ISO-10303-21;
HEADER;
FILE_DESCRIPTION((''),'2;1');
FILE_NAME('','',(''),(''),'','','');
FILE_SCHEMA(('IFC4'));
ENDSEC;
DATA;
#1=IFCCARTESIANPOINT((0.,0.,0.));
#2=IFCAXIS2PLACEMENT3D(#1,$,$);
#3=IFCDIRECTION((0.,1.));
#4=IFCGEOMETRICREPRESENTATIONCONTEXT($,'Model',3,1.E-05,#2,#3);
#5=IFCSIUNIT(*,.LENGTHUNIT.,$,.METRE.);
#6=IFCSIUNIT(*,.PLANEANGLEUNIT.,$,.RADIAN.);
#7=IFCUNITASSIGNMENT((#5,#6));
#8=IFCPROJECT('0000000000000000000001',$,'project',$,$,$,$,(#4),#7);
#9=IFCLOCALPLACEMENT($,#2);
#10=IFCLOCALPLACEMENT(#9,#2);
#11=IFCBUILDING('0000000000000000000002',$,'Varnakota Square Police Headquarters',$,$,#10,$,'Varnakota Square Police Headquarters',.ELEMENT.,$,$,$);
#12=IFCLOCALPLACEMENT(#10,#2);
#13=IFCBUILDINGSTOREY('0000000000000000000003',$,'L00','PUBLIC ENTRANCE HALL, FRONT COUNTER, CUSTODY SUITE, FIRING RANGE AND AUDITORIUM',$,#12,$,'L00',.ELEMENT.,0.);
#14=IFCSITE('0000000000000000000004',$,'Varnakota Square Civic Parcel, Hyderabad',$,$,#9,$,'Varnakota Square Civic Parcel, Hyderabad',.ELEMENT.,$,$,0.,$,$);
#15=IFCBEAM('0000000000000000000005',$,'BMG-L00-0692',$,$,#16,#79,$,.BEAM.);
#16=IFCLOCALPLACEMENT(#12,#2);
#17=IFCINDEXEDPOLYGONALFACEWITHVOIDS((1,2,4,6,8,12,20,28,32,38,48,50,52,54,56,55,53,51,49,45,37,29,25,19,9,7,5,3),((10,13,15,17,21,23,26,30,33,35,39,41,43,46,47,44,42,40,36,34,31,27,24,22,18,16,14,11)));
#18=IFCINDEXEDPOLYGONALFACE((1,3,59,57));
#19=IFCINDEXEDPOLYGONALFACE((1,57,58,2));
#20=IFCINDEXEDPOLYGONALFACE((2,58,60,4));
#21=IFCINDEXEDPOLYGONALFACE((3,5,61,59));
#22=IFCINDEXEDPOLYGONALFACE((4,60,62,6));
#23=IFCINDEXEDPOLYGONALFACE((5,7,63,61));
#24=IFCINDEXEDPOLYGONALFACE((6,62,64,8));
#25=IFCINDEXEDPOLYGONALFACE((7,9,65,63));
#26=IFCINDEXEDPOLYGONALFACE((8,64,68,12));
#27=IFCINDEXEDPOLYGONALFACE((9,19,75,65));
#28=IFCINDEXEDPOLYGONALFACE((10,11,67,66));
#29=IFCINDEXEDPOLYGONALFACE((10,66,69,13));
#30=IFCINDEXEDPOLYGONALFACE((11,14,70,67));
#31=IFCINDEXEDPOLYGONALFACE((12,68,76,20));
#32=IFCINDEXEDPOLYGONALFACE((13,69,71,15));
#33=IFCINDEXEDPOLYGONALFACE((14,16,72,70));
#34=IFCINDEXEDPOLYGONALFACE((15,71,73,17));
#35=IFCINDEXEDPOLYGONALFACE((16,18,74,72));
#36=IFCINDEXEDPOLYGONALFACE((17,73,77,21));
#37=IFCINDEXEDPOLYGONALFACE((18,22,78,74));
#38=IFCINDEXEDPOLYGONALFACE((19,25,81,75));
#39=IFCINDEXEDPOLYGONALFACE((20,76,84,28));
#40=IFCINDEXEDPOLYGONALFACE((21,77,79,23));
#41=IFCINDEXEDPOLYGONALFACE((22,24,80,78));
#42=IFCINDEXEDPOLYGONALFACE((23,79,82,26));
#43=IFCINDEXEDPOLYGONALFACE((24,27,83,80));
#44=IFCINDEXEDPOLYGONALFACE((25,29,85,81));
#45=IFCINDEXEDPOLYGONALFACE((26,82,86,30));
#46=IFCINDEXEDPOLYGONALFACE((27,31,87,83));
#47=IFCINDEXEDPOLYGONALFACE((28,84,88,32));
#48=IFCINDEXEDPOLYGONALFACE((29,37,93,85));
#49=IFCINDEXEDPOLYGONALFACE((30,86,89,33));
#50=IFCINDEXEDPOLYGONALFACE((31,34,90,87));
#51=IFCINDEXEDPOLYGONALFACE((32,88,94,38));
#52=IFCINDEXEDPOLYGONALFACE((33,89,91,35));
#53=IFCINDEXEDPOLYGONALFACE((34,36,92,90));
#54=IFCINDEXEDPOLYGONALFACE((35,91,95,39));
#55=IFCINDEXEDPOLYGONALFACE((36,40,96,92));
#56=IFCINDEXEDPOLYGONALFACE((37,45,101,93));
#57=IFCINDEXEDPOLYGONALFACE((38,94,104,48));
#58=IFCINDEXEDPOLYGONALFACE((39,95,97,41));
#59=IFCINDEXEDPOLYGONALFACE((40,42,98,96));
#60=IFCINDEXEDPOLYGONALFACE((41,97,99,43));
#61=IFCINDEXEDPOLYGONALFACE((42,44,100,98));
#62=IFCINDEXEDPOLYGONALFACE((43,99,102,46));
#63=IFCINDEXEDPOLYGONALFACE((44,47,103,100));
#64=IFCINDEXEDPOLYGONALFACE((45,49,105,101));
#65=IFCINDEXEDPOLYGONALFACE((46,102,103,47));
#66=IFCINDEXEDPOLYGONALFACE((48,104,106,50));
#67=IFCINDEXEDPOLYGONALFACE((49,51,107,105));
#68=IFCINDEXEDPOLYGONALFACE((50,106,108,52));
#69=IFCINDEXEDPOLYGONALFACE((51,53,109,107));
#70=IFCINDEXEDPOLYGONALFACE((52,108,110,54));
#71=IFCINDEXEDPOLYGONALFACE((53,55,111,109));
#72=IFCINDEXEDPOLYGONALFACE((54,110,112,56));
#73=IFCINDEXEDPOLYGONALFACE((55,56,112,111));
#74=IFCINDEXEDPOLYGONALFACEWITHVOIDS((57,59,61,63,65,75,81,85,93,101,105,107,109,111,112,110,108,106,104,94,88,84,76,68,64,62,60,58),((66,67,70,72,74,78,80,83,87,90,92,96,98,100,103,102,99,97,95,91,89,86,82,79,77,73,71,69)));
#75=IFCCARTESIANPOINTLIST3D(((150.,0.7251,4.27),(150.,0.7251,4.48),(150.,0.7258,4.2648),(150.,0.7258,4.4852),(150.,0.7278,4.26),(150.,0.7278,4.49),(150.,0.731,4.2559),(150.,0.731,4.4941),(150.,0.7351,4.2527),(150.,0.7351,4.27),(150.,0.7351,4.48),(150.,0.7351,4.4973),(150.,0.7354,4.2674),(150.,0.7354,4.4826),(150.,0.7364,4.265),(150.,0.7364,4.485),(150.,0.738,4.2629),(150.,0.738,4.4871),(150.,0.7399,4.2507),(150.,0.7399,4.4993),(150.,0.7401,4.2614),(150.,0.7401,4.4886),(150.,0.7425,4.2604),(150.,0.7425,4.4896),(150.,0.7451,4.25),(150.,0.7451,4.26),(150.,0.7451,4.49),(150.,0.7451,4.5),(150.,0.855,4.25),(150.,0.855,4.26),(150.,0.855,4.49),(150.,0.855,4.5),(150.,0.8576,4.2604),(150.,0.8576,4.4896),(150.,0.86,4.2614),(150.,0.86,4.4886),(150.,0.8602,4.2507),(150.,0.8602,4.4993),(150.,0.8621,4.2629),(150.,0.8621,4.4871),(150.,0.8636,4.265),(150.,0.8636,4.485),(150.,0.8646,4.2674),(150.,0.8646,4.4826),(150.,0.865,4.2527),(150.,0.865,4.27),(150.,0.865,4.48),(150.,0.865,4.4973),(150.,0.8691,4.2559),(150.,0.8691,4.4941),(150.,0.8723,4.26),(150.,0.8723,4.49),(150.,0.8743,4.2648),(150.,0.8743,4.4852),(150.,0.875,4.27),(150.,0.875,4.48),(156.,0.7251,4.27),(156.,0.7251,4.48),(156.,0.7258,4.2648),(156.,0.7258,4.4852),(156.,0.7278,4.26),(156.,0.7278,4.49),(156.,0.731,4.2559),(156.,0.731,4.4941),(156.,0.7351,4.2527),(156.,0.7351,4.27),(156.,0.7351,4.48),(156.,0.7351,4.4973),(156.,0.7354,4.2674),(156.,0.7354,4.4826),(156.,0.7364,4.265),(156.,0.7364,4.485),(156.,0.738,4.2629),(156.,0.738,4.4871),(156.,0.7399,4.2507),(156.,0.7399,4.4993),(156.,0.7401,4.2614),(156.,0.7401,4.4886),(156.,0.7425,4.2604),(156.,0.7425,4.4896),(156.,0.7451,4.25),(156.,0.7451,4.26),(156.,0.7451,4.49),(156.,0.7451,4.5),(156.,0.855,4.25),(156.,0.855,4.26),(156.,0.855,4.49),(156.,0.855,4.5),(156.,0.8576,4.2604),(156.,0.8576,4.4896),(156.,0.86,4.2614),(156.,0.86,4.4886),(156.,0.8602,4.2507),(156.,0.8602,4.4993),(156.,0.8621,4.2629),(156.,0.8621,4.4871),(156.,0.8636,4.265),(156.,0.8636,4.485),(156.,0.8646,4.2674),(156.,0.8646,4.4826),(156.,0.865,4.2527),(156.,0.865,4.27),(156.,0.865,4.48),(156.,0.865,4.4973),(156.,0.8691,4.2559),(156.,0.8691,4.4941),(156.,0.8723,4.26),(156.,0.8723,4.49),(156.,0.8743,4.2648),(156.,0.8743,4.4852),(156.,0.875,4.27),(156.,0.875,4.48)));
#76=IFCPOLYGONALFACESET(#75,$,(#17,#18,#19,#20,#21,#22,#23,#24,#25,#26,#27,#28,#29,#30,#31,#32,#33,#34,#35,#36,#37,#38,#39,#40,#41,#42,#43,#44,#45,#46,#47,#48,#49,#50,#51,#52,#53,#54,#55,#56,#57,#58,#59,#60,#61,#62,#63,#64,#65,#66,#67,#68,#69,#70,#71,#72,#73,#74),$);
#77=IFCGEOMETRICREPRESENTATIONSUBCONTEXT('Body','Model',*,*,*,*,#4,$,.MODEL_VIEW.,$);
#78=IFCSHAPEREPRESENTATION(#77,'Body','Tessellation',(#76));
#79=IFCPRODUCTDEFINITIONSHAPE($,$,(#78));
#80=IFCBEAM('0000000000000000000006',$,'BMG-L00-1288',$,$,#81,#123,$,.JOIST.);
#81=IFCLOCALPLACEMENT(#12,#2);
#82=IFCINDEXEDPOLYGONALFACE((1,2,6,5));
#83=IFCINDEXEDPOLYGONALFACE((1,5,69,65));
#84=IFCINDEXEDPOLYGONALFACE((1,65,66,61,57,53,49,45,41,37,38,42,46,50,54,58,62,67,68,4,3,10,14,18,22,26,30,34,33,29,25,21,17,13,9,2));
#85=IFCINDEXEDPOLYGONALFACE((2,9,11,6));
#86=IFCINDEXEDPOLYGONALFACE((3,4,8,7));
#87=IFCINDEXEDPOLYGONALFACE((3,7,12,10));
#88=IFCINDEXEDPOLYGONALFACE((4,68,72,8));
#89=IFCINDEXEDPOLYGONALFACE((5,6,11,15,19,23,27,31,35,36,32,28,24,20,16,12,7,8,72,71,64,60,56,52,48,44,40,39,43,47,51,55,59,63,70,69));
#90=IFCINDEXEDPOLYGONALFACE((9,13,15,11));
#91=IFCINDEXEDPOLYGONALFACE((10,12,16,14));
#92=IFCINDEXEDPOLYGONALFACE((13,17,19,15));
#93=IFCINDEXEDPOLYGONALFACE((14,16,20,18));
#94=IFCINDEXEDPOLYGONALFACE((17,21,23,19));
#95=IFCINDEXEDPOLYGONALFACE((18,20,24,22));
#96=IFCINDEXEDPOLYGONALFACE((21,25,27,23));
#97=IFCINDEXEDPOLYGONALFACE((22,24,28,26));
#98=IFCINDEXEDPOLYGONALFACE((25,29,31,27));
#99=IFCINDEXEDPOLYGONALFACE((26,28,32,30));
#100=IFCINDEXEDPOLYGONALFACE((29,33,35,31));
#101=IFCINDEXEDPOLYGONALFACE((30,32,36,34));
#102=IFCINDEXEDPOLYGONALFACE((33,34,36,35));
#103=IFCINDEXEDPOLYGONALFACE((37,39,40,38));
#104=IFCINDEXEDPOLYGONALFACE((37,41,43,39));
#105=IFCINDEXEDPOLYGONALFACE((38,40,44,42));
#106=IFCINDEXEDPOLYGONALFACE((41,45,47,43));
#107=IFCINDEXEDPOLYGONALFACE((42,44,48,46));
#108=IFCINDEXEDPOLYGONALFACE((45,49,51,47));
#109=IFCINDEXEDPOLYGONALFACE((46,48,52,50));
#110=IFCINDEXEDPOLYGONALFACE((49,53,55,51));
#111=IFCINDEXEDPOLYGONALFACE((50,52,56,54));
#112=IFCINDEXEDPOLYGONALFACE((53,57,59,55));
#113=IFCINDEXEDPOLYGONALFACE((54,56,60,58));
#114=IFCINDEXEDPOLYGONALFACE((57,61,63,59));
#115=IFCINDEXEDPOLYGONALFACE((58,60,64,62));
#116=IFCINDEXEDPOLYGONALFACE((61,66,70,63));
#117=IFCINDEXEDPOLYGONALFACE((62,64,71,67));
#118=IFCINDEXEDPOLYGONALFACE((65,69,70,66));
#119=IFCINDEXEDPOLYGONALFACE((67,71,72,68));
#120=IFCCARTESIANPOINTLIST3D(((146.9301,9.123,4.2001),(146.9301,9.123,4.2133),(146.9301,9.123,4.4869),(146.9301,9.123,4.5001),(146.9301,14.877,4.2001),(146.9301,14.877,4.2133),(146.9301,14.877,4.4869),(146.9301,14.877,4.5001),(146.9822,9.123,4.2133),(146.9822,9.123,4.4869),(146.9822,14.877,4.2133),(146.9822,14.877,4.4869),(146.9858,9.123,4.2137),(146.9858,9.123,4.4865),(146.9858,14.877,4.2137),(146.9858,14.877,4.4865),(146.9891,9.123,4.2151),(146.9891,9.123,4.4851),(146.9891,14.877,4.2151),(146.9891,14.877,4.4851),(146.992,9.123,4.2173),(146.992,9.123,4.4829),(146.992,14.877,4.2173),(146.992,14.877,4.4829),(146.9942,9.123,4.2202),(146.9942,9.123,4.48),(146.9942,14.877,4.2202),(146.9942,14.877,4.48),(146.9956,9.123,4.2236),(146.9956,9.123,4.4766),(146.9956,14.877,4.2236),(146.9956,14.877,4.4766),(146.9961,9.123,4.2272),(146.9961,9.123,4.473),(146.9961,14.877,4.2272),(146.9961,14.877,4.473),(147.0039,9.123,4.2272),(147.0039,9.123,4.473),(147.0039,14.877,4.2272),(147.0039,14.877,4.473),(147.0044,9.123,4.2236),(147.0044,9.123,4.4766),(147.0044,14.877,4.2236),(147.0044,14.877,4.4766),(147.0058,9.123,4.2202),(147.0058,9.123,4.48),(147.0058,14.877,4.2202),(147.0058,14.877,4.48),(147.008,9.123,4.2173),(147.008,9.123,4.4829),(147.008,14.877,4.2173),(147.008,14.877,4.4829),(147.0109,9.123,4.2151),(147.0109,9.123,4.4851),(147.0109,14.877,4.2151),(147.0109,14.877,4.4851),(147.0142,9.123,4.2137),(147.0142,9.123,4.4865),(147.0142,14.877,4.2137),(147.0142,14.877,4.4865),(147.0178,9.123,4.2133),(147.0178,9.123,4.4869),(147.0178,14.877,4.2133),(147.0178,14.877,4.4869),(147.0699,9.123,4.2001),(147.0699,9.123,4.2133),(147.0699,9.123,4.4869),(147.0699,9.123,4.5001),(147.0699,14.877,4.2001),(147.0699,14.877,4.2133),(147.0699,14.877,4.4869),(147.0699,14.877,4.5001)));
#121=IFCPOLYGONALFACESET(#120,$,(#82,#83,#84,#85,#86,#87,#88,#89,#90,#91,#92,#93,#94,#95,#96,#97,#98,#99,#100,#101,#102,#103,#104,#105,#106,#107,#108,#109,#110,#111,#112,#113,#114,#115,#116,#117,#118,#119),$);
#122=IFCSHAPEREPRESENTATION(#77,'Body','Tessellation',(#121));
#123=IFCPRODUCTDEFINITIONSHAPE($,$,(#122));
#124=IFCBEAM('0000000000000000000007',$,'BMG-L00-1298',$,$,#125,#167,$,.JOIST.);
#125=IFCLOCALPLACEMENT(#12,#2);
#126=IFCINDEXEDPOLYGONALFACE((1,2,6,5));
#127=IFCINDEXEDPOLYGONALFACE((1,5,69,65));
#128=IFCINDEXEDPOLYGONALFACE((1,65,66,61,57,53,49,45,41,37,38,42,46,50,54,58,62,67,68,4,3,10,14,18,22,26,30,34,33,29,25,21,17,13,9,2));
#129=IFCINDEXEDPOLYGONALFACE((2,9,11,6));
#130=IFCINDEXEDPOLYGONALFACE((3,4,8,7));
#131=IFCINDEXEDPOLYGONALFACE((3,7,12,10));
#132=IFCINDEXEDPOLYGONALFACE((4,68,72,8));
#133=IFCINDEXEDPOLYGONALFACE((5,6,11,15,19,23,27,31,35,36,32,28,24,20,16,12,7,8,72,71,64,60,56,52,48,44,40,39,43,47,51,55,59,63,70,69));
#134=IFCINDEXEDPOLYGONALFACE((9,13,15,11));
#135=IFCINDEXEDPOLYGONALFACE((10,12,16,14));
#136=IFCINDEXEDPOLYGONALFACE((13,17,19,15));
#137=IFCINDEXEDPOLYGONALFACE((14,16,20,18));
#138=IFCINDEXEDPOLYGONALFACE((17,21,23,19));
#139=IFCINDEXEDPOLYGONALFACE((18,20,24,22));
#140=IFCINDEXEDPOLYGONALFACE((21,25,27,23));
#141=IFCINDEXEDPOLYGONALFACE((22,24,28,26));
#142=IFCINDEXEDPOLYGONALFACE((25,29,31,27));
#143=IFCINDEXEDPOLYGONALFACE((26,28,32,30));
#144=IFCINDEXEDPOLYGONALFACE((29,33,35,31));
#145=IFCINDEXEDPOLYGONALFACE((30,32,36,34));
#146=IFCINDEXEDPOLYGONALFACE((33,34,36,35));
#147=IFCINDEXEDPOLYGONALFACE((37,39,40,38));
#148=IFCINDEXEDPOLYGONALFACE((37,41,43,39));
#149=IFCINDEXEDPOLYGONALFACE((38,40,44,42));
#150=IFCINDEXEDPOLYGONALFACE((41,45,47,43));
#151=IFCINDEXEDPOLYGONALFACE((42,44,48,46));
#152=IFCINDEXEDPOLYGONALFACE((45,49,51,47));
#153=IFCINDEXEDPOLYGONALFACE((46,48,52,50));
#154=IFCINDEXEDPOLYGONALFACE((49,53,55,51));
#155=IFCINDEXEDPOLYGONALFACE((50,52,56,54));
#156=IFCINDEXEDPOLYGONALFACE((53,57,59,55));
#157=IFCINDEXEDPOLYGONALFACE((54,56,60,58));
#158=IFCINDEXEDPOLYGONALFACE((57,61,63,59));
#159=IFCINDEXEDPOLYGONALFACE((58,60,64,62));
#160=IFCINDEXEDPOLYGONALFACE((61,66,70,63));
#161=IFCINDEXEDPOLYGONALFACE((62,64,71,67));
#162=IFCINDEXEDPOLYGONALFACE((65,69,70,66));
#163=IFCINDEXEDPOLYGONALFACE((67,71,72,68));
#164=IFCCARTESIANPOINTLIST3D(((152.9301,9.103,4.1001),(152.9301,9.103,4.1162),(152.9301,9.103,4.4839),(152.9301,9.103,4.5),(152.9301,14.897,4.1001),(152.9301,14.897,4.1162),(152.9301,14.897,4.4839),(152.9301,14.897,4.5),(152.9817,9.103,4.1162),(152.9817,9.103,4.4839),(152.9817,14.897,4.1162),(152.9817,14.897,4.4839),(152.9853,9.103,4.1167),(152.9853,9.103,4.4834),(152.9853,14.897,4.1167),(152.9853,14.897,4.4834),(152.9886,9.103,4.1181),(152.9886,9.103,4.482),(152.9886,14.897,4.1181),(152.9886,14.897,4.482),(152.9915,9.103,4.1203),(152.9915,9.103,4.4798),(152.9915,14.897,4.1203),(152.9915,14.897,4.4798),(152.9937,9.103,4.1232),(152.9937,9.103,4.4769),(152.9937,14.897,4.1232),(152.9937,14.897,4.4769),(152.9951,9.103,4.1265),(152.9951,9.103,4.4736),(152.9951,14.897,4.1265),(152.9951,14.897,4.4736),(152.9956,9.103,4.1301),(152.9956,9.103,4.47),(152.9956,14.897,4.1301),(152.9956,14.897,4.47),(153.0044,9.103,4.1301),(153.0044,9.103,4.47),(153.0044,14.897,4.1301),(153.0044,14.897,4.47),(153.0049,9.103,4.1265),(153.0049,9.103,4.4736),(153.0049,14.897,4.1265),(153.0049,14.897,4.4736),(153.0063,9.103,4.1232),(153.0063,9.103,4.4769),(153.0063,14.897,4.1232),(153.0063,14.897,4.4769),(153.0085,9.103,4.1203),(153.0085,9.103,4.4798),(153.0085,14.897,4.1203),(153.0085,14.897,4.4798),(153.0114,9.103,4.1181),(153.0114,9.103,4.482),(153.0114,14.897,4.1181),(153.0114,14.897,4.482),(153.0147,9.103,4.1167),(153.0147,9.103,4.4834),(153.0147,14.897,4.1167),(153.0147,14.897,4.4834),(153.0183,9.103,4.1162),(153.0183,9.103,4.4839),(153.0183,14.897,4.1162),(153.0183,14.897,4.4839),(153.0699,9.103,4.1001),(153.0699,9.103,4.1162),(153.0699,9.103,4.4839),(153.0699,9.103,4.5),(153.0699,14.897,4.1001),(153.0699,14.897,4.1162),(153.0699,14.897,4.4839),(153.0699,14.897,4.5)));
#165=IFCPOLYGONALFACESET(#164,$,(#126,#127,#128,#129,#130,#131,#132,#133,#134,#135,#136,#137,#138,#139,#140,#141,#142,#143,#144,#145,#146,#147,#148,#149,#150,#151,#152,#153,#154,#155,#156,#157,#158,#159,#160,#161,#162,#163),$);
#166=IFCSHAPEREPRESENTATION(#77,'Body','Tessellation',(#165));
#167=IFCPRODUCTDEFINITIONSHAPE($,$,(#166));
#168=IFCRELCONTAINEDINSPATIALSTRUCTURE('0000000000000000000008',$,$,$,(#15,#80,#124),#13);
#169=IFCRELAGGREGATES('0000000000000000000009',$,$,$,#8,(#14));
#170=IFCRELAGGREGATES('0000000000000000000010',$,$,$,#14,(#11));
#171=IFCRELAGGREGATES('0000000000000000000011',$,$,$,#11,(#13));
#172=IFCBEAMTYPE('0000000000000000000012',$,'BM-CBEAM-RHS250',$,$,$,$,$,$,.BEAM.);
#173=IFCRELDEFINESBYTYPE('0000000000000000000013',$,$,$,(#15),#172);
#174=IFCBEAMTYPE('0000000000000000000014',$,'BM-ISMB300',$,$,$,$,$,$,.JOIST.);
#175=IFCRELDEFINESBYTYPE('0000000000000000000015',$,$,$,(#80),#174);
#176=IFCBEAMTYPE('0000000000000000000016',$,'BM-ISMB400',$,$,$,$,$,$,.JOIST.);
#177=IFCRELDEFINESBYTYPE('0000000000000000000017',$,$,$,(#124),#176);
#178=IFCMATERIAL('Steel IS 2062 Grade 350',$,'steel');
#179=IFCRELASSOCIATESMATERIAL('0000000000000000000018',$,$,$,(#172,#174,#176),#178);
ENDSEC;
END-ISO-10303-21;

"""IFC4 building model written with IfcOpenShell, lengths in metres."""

from ifc_helpers import new_model, si_unit, direction, frame, origin, origin_2d, place, context, subcontext, project, spatial, hollow_rectangle, i_section, extrude, material, material_profile, profile_set, type_object, element, save


model = new_model("IFC4")

# Units and contexts
model_context = context("Model", 3, precision=1e-05, world=origin(), true_north=direction((0.0, 1.0)))
body_context = subcontext(model_context, "Body", "Model", "MODEL_VIEW")
ifc_project = project(units=[si_unit("LENGTHUNIT", "METRE"), si_unit("PLANEANGLEUNIT", "RADIAN")], contexts=[model_context])

# Site, building, storey
site_placement = place(None, origin())
site = spatial("IfcSite", under=ifc_project, at=site_placement, Name="Varnakota Square Civic Parcel, Hyderabad", LongName="Varnakota Square Civic Parcel, Hyderabad", CompositionType="ELEMENT", RefElevation=0.0)
building_placement = place(site_placement, origin())
building = spatial("IfcBuilding", under=site, at=building_placement, Name="Varnakota Square Police Headquarters", LongName="Varnakota Square Police Headquarters", CompositionType="ELEMENT")
storey_placement = place(building_placement, origin())
storey = spatial("IfcBuildingStorey", under=building, at=storey_placement, Name="L00", Description="PUBLIC ENTRANCE HALL, FRONT COUNTER, CUSTODY SUITE, FIRING RANGE AND AUDITORIUM", LongName="L00", CompositionType="ELEMENT", Elevation=0.0)

# Beams
ifc_material_1 = material(Name="Steel IS 2062 Grade 350", Category="steel")
ifc_material_profile_1 = material_profile(ifc_material_1, hollow_rectangle(XDim=0.1499, YDim=0.25, WallThickness=0.01, InnerFilletRadius=0.01, OuterFilletRadius=0.02, at=origin_2d()), Name="RHS 250x150x10")
ifc_profile_set_1 = profile_set([ifc_material_profile_1], Name="Steel IS 2062 Grade 350")
beam_type_1 = type_object("IfcBeamType", Name="BM-CBEAM-RHS250", PredefinedType="BEAM", material=ifc_profile_set_1)
beam_1_placement = place(storey_placement, frame((150.0, 0.8, 4.375), z_axis=(1.0, 0.0, 0.0), x_axis=(0.0, 1.0, 0.0)))
element("IfcBeam", 1, at=beam_1_placement, inside=storey, type_object=beam_type_1, Name="BMG-L00-0692", PredefinedType="BEAM", context=body_context, shape_type="SweptSolid", body=[
    extrude(hollow_rectangle(XDim=0.1499, YDim=0.25, WallThickness=0.01, InnerFilletRadius=0.01, OuterFilletRadius=0.02, at=origin_2d()), origin(), (0.0, 0.0, 1.0), 6.0),
])
ifc_material_profile_2 = material_profile(ifc_material_1, i_section(OverallWidth=0.1399, OverallDepth=0.3, WebThickness=0.0078, FlangeThickness=0.0132, FilletRadius=0.0139, at=origin_2d()), Name="ISMB 300")
ifc_profile_set_2 = profile_set([ifc_material_profile_2], Name="Steel IS 2062 Grade 350")
beam_type_2 = type_object("IfcBeamType", Name="BM-ISMB300", PredefinedType="JOIST", material=ifc_profile_set_2)
beam_2_placement = place(storey_placement, frame((147.0, 9.123, 4.3501), z_axis=(0.0, 1.0, 0.0), x_axis=(-1.0, 0.0, 0.0)))
element("IfcBeam", 2, at=beam_2_placement, inside=storey, type_object=beam_type_2, Name="BMG-L00-1288", PredefinedType="JOIST", context=body_context, shape_type="SweptSolid", body=[
    extrude(i_section(OverallWidth=0.1399, OverallDepth=0.3, WebThickness=0.0078, FlangeThickness=0.0132, FilletRadius=0.0139, at=origin_2d()), origin(), (0.0, 0.0, 1.0), 5.7539),
])
ifc_material_profile_3 = material_profile(ifc_material_1, i_section(OverallWidth=0.1399, OverallDepth=0.3999, WebThickness=0.0088, FlangeThickness=0.0161, FilletRadius=0.0139, at=origin_2d()), Name="ISMB 400")
ifc_profile_set_3 = profile_set([ifc_material_profile_3], Name="Steel IS 2062 Grade 350")
beam_type_3 = type_object("IfcBeamType", Name="BM-ISMB400", PredefinedType="JOIST", material=ifc_profile_set_3)
beam_3_placement = place(storey_placement, frame((153.0, 9.103, 4.3), z_axis=(0.0, 1.0, 0.0), x_axis=(-1.0, 0.0, 0.0)))
element("IfcBeam", 3, at=beam_3_placement, inside=storey, type_object=beam_type_3, Name="BMG-L00-1298", PredefinedType="JOIST", context=body_context, shape_type="SweptSolid", body=[
    extrude(i_section(OverallWidth=0.1399, OverallDepth=0.3999, WebThickness=0.0088, FlangeThickness=0.0161, FilletRadius=0.0139, at=origin_2d()), origin(), (0.0, 0.0, 1.0), 5.7939),
])

save(model, "model.ifc")
